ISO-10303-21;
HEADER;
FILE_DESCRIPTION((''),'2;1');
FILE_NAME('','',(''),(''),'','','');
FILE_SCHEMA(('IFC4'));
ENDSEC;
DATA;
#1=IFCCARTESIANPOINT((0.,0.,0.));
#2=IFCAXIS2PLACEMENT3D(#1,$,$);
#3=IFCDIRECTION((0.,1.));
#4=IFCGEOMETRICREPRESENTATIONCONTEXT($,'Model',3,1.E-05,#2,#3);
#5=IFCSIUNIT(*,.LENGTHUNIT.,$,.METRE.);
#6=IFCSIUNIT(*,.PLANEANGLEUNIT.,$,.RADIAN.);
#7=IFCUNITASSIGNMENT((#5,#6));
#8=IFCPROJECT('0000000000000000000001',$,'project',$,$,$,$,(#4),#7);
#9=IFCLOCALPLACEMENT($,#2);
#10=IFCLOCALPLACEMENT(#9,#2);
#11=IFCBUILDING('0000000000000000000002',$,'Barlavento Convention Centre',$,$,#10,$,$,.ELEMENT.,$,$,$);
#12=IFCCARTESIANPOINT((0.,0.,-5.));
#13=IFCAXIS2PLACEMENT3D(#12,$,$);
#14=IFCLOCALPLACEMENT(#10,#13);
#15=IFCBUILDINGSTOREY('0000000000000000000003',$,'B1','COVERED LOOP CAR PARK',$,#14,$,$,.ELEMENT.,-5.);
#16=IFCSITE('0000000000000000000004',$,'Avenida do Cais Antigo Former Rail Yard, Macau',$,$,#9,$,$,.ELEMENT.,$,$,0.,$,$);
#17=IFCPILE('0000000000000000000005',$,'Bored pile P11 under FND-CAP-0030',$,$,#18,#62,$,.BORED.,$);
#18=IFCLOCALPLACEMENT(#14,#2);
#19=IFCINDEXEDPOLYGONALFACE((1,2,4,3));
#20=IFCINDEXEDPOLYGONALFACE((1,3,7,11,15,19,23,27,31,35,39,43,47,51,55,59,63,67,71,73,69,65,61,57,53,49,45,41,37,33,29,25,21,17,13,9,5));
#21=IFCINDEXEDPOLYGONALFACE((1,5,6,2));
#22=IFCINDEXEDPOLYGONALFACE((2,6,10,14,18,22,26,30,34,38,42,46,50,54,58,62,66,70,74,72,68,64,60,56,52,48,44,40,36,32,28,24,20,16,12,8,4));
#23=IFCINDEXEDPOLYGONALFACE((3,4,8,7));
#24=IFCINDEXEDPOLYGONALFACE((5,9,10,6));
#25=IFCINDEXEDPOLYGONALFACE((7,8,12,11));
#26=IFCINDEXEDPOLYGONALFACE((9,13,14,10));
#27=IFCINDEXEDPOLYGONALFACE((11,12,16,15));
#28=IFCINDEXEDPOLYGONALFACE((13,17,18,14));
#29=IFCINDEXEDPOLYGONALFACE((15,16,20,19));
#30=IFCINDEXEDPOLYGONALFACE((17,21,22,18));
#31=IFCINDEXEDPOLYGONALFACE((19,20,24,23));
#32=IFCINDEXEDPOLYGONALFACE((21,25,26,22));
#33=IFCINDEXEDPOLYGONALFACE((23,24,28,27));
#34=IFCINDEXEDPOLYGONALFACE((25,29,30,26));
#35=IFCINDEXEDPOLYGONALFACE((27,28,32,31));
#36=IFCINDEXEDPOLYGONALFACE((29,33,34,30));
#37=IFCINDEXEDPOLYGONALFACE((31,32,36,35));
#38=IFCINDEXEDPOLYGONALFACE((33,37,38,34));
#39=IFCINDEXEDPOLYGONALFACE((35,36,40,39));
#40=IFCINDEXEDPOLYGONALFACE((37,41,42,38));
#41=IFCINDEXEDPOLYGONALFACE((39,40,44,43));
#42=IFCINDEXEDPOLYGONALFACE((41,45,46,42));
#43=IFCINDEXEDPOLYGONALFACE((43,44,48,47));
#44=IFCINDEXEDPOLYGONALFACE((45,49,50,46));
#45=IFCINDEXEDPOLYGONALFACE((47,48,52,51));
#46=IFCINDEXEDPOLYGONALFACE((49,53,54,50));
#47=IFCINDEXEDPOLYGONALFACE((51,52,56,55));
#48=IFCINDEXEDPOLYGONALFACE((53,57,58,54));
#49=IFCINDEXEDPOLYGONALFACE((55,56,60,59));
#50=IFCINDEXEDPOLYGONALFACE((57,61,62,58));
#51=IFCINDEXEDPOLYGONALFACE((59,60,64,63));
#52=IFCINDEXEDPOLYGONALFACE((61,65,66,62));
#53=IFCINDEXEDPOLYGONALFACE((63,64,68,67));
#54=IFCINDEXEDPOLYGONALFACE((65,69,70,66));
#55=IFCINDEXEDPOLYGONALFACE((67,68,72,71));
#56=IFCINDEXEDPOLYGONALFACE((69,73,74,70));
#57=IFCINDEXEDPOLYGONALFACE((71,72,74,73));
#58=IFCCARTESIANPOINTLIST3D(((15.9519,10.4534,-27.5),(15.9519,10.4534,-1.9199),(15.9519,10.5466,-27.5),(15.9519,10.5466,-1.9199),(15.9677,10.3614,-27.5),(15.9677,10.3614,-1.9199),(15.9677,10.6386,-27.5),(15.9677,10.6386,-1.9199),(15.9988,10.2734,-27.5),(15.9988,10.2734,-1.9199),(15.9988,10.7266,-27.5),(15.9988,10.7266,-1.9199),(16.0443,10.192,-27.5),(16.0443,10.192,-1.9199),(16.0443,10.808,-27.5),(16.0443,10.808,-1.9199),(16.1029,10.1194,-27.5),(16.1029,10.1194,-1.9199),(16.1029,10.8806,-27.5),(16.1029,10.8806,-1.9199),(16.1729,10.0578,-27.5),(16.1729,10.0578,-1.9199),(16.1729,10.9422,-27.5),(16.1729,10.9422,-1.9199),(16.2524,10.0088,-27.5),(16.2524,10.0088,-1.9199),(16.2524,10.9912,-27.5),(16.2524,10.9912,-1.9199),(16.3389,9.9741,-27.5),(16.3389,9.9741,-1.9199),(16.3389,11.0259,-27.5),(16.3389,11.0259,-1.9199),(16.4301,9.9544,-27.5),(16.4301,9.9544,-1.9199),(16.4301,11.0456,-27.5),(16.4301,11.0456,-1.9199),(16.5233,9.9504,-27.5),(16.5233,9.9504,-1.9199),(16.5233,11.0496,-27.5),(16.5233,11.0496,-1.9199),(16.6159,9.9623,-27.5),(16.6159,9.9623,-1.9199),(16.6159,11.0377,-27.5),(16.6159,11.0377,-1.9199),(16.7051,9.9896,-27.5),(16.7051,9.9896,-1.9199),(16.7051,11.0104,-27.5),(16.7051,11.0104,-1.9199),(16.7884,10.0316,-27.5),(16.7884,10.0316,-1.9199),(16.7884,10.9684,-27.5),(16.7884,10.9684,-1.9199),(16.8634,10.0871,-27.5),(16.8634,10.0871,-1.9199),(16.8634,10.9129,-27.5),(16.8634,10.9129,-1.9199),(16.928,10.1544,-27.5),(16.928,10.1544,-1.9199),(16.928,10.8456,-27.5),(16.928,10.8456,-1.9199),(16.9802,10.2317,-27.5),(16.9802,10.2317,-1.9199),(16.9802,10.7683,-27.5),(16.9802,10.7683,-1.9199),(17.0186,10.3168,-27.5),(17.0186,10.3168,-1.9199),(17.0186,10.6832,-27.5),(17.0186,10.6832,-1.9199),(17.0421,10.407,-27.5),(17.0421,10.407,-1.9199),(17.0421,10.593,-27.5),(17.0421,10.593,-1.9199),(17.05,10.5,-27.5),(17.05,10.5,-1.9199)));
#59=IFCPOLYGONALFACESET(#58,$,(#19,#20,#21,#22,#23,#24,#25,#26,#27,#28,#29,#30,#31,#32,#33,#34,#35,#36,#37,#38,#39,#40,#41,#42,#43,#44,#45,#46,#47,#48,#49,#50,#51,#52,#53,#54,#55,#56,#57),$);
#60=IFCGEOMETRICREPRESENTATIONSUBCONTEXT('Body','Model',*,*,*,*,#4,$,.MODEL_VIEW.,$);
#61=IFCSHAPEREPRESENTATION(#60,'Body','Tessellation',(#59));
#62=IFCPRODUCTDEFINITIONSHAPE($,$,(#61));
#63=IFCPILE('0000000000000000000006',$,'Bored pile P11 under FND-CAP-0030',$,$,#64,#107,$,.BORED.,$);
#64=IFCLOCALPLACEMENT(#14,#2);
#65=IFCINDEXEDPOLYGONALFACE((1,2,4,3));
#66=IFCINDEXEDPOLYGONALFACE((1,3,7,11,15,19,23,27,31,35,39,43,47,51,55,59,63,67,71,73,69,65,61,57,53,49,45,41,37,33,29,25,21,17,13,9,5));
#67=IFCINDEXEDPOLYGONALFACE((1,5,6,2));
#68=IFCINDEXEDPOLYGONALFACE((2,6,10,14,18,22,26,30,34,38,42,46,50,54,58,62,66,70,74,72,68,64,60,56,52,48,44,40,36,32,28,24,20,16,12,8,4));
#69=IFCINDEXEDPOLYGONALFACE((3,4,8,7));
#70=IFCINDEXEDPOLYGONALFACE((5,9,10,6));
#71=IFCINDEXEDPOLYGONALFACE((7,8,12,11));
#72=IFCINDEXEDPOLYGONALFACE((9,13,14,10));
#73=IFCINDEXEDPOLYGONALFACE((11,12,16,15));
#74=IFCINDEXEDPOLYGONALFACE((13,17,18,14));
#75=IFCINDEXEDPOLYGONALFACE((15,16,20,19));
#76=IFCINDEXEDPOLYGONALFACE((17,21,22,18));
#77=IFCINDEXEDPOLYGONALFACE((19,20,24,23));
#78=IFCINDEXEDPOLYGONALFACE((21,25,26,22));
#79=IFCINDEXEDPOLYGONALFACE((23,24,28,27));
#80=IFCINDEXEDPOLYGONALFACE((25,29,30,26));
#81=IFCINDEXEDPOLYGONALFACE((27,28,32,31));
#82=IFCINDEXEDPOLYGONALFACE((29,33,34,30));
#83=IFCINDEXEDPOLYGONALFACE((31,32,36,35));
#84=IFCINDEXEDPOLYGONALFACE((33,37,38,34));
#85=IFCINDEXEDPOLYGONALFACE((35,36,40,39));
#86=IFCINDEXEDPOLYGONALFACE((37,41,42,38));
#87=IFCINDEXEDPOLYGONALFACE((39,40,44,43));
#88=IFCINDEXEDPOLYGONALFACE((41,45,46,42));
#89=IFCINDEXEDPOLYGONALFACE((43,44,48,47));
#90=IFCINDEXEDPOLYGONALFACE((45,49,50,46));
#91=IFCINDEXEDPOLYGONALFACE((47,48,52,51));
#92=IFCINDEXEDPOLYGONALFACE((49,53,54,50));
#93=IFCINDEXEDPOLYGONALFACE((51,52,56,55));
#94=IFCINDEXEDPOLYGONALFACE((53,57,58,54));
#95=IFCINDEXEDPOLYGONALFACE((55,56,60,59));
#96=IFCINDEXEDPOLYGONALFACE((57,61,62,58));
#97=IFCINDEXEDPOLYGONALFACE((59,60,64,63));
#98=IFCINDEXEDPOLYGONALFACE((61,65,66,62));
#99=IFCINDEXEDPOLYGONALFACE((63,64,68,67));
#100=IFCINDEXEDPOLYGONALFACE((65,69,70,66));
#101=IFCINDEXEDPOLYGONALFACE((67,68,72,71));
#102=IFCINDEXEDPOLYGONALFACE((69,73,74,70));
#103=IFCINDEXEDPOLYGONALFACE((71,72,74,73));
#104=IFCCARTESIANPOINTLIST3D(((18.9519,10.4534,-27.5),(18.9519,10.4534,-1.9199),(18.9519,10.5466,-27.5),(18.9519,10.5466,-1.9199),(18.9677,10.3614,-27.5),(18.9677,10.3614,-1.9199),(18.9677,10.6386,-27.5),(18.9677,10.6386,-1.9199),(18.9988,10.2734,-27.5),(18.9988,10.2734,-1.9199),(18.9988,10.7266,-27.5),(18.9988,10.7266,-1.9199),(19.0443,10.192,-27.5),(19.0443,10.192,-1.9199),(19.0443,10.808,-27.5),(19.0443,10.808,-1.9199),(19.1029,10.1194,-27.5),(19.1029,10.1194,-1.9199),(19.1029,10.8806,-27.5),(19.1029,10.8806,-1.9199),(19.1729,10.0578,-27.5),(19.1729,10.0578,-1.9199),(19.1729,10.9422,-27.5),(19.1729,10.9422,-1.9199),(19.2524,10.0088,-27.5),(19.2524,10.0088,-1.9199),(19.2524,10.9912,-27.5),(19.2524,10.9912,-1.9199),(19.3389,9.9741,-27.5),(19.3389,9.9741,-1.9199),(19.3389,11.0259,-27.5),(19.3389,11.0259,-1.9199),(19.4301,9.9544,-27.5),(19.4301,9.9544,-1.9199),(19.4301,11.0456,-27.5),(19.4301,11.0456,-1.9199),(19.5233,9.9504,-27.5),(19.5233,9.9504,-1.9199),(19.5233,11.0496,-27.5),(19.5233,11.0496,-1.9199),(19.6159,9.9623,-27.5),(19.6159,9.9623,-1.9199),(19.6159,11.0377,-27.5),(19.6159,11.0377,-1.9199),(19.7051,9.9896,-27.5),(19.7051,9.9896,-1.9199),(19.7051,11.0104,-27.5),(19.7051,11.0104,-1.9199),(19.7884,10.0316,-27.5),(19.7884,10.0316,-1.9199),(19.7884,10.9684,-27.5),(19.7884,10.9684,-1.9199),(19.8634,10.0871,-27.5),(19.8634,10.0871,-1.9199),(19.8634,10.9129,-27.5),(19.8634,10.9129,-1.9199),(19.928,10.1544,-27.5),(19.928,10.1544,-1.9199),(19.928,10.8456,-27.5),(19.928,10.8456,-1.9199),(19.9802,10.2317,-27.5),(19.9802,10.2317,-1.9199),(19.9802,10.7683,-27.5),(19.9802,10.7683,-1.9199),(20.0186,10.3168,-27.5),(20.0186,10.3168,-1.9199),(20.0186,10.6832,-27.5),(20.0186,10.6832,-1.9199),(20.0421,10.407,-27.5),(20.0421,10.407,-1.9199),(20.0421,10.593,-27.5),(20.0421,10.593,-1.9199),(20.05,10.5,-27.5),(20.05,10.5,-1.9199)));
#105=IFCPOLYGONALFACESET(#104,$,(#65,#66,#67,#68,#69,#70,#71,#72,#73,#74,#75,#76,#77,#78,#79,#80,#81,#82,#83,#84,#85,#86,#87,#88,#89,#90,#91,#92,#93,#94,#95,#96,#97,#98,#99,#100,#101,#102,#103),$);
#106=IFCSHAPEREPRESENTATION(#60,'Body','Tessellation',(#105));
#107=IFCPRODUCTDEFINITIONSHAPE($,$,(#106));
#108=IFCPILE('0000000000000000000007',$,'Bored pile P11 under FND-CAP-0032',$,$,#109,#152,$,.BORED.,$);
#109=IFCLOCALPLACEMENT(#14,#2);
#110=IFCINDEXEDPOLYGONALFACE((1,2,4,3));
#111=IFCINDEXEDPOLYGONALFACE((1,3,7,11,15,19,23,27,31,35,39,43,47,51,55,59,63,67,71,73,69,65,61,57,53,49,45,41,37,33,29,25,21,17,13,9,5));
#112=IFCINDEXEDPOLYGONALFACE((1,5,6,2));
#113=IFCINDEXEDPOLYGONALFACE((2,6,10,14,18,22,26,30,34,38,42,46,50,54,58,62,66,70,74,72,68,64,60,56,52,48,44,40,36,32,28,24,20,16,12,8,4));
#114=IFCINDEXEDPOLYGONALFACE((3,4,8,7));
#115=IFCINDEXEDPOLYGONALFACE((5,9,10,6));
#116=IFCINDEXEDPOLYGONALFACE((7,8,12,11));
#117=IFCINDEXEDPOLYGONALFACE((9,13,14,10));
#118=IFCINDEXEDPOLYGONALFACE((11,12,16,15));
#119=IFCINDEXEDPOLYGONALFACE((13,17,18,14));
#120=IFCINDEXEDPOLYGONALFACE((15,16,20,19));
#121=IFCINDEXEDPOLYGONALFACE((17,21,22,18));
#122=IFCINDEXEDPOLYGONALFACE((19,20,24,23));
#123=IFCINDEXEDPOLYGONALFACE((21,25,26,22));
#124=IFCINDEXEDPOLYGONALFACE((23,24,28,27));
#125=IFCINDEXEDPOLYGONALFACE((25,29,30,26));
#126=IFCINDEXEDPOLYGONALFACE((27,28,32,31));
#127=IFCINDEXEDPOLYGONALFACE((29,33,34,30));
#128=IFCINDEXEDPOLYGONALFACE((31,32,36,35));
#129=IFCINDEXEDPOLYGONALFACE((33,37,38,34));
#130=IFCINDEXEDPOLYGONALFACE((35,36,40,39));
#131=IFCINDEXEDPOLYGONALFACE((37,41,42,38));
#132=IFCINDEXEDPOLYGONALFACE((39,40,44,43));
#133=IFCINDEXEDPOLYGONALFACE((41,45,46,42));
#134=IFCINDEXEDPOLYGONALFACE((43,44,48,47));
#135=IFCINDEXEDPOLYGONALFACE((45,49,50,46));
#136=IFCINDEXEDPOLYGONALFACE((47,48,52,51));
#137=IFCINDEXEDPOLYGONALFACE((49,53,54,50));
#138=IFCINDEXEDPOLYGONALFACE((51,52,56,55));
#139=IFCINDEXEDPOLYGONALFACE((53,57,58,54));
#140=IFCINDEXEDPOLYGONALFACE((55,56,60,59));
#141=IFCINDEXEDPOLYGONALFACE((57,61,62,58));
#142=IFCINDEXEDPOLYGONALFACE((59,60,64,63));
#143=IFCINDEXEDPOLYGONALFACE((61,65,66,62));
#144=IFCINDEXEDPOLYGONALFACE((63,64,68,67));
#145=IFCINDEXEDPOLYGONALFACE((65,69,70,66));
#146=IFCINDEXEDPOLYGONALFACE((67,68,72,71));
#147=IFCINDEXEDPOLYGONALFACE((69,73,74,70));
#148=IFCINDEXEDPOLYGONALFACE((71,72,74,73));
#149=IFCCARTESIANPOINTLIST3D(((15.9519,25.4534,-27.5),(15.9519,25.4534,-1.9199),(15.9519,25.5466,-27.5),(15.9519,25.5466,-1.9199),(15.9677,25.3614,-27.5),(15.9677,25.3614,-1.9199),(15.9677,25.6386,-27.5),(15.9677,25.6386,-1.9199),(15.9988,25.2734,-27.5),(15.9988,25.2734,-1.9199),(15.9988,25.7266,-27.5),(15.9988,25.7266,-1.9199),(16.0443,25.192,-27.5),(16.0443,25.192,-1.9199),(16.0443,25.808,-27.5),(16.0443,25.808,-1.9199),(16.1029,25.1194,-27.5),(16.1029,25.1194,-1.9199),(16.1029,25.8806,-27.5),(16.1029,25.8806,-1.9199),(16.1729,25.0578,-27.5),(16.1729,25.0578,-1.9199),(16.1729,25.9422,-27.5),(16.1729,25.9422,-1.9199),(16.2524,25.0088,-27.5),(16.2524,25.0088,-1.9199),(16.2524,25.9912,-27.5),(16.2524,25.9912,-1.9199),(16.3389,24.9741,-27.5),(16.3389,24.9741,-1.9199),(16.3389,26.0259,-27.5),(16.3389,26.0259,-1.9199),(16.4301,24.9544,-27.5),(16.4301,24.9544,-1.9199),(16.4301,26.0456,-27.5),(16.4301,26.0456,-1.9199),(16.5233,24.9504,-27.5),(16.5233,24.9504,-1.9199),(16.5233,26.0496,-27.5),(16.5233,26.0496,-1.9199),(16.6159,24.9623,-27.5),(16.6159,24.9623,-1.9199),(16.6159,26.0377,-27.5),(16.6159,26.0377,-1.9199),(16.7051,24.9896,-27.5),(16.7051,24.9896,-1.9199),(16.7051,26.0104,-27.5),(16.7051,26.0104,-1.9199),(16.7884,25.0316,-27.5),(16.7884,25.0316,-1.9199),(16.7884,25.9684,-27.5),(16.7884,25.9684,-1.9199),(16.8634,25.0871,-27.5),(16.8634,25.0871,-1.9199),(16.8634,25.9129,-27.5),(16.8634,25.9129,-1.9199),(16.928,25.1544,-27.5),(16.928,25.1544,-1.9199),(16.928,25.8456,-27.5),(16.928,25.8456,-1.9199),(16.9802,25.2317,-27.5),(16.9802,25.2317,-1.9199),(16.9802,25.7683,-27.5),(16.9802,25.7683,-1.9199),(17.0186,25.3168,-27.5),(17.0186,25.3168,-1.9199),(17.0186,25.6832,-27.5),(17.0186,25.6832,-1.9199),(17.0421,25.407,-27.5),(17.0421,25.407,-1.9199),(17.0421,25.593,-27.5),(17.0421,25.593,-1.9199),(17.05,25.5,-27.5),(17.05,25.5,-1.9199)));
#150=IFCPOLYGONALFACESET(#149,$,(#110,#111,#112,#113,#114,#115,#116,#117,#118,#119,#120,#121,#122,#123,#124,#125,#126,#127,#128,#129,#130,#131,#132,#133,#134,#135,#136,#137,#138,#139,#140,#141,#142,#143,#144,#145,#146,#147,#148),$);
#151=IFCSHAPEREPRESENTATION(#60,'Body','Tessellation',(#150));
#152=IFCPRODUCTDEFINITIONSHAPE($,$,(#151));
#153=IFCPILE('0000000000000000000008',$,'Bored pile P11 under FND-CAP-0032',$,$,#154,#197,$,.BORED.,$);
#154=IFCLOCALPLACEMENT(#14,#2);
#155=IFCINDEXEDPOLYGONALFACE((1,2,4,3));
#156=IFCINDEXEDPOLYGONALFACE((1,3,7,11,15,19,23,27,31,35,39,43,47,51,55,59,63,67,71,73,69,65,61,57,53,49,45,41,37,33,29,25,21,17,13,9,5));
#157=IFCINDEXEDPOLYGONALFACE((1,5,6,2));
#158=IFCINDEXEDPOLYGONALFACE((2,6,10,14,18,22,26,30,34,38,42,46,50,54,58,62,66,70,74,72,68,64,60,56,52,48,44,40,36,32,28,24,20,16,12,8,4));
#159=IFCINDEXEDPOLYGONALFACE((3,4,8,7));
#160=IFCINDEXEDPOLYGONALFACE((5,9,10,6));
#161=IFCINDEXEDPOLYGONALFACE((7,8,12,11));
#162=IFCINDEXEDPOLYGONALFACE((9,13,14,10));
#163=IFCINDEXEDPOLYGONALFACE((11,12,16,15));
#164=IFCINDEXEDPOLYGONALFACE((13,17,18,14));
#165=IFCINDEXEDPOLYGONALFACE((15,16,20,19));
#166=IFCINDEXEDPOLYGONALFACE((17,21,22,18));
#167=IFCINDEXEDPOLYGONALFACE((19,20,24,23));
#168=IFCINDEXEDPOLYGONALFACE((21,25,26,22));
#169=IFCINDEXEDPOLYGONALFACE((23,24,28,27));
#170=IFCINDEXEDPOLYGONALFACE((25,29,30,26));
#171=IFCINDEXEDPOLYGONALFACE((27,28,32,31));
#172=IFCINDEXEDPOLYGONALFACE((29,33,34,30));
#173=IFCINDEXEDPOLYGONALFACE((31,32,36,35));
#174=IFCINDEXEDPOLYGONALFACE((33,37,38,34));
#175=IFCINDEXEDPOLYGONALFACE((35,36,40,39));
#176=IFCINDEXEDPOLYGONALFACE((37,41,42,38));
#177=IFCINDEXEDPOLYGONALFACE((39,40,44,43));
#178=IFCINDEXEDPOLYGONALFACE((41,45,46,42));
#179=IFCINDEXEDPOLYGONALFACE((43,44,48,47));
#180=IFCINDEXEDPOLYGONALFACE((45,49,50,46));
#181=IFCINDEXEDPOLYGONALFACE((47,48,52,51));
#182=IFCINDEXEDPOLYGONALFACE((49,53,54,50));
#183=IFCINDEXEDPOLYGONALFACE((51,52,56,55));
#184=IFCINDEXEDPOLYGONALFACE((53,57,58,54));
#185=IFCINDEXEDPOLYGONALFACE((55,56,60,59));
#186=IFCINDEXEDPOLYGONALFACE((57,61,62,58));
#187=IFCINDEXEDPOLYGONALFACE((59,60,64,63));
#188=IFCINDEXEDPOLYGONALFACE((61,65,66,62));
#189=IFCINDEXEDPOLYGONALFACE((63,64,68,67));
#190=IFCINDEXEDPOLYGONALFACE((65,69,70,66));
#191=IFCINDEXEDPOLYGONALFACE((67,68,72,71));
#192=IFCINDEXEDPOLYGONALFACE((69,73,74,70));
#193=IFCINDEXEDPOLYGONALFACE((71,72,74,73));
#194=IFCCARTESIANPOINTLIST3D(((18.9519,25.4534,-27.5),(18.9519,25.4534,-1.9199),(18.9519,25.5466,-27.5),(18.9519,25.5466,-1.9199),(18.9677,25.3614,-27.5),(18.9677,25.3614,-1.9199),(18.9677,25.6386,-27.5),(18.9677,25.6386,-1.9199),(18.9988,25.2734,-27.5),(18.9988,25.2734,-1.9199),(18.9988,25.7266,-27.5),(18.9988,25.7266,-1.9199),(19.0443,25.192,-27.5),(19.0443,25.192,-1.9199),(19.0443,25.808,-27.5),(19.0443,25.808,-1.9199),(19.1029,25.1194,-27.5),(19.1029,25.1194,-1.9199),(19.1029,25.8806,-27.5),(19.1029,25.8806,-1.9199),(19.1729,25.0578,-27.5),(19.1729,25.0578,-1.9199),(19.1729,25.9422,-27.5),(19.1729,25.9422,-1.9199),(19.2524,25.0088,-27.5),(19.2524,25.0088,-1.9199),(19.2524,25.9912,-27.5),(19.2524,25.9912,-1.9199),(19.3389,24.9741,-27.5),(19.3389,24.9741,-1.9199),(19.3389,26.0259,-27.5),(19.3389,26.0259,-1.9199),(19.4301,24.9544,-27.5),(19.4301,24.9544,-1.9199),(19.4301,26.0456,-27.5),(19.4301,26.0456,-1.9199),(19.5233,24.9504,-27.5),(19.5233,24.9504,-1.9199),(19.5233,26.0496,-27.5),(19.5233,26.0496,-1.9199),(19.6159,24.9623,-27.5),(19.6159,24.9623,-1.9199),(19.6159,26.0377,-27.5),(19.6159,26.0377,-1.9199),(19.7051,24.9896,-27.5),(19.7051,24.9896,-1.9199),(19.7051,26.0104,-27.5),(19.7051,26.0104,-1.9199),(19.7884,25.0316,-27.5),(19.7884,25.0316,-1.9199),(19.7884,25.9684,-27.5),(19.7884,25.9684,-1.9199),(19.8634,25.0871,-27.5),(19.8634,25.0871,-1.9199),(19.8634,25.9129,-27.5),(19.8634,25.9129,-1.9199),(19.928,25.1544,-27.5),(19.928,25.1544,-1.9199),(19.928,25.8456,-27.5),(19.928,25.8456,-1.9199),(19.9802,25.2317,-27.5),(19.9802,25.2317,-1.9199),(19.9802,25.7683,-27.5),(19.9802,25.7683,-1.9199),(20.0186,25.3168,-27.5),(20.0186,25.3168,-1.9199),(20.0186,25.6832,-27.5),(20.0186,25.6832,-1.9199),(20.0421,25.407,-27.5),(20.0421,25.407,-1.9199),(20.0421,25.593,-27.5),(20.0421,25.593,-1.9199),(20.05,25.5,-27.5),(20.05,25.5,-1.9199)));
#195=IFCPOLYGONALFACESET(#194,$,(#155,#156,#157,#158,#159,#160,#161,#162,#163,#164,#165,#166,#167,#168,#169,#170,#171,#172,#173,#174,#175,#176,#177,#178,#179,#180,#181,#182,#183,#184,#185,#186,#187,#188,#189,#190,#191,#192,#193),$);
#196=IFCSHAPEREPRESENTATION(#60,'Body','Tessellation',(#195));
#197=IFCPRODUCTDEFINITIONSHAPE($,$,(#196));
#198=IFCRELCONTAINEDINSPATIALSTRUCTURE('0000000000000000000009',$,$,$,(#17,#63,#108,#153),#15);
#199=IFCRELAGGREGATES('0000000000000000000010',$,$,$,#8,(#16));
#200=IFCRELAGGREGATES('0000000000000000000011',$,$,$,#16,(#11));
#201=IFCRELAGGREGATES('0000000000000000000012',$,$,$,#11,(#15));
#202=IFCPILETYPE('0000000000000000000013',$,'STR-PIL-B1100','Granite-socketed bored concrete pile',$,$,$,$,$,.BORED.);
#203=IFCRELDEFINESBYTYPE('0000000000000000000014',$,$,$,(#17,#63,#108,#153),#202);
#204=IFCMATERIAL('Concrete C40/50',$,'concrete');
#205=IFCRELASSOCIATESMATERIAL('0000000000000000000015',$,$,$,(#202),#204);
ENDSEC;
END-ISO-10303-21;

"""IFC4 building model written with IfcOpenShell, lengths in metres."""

from ifc_helpers import new_model, si_unit, direction, frame, origin, origin_2d, place, context, subcontext, project, spatial, circle, extrude, material, material_profile, profile_set, type_object, element, save


model = new_model("IFC4")

# Units and contexts
model_context = context("Model", 3, precision=1e-05, world=origin(), true_north=direction((0.0, 1.0)))
body_context = subcontext(model_context, "Body", "Model", "MODEL_VIEW")
ifc_project = project(units=[si_unit("LENGTHUNIT", "METRE"), si_unit("PLANEANGLEUNIT", "RADIAN")], contexts=[model_context])

# Site, building, storey
site_placement = place(None, origin())
site = spatial("IfcSite", under=ifc_project, at=site_placement, Name="Avenida do Cais Antigo Former Rail Yard, Macau", CompositionType="ELEMENT", RefElevation=0.0)
building_placement = place(site_placement, origin())
building = spatial("IfcBuilding", under=site, at=building_placement, Name="Barlavento Convention Centre", CompositionType="ELEMENT")
storey_placement = place(building_placement, frame((0.0, 0.0, -5.0)))
storey = spatial("IfcBuildingStorey", under=building, at=storey_placement, Name="B1", Description="COVERED LOOP CAR PARK", CompositionType="ELEMENT", Elevation=-5.0)

# Shared definitions
ifc_material_1 = material(Name="Concrete C40/50", Category="concrete")

# Piles
ifc_material_profile_1 = material_profile(ifc_material_1, circle(Radius=0.55, at=origin_2d()), Name="BORED PILE 1100")
ifc_profile_set_1 = profile_set([ifc_material_profile_1], Name="Concrete C40/50")
pile_type_1 = type_object("IfcPileType", Name="STR-PIL-B1100", Description="Granite-socketed bored concrete pile", PredefinedType="BORED", material=ifc_profile_set_1)
for number, where, z_axis, x_axis, name in (
    (1, (16.5, 10.5, -1.9199), (0.0, 0.0, -1.0), (1.0, 0.0, 0.0), "Bored pile P11 under FND-CAP-0030"),
    (2, (19.5, 10.5, -1.9199), (0.0, 0.0, -1.0), (1.0, 0.0, 0.0), "Bored pile P11 under FND-CAP-0030"),
    (3, (16.5, 25.5, -1.9199), (0.0, 0.0, -1.0), (1.0, 0.0, 0.0), "Bored pile P11 under FND-CAP-0032"),
    (4, (19.5, 25.5, -1.9199), (0.0, 0.0, -1.0), (1.0, 0.0, 0.0), "Bored pile P11 under FND-CAP-0032"),
):
    element("IfcPile", number, at=place(storey_placement, frame(where, z_axis=z_axis, x_axis=x_axis)), inside=storey, type_object=pile_type_1, Name=name, PredefinedType="BORED", context=body_context, shape_type="SweptSolid", body=[
        extrude(circle(Radius=0.55, at=origin_2d()), origin(), (0.0, 0.0, 1.0), 25.5801),
    ])

save(model, "model.ifc")
